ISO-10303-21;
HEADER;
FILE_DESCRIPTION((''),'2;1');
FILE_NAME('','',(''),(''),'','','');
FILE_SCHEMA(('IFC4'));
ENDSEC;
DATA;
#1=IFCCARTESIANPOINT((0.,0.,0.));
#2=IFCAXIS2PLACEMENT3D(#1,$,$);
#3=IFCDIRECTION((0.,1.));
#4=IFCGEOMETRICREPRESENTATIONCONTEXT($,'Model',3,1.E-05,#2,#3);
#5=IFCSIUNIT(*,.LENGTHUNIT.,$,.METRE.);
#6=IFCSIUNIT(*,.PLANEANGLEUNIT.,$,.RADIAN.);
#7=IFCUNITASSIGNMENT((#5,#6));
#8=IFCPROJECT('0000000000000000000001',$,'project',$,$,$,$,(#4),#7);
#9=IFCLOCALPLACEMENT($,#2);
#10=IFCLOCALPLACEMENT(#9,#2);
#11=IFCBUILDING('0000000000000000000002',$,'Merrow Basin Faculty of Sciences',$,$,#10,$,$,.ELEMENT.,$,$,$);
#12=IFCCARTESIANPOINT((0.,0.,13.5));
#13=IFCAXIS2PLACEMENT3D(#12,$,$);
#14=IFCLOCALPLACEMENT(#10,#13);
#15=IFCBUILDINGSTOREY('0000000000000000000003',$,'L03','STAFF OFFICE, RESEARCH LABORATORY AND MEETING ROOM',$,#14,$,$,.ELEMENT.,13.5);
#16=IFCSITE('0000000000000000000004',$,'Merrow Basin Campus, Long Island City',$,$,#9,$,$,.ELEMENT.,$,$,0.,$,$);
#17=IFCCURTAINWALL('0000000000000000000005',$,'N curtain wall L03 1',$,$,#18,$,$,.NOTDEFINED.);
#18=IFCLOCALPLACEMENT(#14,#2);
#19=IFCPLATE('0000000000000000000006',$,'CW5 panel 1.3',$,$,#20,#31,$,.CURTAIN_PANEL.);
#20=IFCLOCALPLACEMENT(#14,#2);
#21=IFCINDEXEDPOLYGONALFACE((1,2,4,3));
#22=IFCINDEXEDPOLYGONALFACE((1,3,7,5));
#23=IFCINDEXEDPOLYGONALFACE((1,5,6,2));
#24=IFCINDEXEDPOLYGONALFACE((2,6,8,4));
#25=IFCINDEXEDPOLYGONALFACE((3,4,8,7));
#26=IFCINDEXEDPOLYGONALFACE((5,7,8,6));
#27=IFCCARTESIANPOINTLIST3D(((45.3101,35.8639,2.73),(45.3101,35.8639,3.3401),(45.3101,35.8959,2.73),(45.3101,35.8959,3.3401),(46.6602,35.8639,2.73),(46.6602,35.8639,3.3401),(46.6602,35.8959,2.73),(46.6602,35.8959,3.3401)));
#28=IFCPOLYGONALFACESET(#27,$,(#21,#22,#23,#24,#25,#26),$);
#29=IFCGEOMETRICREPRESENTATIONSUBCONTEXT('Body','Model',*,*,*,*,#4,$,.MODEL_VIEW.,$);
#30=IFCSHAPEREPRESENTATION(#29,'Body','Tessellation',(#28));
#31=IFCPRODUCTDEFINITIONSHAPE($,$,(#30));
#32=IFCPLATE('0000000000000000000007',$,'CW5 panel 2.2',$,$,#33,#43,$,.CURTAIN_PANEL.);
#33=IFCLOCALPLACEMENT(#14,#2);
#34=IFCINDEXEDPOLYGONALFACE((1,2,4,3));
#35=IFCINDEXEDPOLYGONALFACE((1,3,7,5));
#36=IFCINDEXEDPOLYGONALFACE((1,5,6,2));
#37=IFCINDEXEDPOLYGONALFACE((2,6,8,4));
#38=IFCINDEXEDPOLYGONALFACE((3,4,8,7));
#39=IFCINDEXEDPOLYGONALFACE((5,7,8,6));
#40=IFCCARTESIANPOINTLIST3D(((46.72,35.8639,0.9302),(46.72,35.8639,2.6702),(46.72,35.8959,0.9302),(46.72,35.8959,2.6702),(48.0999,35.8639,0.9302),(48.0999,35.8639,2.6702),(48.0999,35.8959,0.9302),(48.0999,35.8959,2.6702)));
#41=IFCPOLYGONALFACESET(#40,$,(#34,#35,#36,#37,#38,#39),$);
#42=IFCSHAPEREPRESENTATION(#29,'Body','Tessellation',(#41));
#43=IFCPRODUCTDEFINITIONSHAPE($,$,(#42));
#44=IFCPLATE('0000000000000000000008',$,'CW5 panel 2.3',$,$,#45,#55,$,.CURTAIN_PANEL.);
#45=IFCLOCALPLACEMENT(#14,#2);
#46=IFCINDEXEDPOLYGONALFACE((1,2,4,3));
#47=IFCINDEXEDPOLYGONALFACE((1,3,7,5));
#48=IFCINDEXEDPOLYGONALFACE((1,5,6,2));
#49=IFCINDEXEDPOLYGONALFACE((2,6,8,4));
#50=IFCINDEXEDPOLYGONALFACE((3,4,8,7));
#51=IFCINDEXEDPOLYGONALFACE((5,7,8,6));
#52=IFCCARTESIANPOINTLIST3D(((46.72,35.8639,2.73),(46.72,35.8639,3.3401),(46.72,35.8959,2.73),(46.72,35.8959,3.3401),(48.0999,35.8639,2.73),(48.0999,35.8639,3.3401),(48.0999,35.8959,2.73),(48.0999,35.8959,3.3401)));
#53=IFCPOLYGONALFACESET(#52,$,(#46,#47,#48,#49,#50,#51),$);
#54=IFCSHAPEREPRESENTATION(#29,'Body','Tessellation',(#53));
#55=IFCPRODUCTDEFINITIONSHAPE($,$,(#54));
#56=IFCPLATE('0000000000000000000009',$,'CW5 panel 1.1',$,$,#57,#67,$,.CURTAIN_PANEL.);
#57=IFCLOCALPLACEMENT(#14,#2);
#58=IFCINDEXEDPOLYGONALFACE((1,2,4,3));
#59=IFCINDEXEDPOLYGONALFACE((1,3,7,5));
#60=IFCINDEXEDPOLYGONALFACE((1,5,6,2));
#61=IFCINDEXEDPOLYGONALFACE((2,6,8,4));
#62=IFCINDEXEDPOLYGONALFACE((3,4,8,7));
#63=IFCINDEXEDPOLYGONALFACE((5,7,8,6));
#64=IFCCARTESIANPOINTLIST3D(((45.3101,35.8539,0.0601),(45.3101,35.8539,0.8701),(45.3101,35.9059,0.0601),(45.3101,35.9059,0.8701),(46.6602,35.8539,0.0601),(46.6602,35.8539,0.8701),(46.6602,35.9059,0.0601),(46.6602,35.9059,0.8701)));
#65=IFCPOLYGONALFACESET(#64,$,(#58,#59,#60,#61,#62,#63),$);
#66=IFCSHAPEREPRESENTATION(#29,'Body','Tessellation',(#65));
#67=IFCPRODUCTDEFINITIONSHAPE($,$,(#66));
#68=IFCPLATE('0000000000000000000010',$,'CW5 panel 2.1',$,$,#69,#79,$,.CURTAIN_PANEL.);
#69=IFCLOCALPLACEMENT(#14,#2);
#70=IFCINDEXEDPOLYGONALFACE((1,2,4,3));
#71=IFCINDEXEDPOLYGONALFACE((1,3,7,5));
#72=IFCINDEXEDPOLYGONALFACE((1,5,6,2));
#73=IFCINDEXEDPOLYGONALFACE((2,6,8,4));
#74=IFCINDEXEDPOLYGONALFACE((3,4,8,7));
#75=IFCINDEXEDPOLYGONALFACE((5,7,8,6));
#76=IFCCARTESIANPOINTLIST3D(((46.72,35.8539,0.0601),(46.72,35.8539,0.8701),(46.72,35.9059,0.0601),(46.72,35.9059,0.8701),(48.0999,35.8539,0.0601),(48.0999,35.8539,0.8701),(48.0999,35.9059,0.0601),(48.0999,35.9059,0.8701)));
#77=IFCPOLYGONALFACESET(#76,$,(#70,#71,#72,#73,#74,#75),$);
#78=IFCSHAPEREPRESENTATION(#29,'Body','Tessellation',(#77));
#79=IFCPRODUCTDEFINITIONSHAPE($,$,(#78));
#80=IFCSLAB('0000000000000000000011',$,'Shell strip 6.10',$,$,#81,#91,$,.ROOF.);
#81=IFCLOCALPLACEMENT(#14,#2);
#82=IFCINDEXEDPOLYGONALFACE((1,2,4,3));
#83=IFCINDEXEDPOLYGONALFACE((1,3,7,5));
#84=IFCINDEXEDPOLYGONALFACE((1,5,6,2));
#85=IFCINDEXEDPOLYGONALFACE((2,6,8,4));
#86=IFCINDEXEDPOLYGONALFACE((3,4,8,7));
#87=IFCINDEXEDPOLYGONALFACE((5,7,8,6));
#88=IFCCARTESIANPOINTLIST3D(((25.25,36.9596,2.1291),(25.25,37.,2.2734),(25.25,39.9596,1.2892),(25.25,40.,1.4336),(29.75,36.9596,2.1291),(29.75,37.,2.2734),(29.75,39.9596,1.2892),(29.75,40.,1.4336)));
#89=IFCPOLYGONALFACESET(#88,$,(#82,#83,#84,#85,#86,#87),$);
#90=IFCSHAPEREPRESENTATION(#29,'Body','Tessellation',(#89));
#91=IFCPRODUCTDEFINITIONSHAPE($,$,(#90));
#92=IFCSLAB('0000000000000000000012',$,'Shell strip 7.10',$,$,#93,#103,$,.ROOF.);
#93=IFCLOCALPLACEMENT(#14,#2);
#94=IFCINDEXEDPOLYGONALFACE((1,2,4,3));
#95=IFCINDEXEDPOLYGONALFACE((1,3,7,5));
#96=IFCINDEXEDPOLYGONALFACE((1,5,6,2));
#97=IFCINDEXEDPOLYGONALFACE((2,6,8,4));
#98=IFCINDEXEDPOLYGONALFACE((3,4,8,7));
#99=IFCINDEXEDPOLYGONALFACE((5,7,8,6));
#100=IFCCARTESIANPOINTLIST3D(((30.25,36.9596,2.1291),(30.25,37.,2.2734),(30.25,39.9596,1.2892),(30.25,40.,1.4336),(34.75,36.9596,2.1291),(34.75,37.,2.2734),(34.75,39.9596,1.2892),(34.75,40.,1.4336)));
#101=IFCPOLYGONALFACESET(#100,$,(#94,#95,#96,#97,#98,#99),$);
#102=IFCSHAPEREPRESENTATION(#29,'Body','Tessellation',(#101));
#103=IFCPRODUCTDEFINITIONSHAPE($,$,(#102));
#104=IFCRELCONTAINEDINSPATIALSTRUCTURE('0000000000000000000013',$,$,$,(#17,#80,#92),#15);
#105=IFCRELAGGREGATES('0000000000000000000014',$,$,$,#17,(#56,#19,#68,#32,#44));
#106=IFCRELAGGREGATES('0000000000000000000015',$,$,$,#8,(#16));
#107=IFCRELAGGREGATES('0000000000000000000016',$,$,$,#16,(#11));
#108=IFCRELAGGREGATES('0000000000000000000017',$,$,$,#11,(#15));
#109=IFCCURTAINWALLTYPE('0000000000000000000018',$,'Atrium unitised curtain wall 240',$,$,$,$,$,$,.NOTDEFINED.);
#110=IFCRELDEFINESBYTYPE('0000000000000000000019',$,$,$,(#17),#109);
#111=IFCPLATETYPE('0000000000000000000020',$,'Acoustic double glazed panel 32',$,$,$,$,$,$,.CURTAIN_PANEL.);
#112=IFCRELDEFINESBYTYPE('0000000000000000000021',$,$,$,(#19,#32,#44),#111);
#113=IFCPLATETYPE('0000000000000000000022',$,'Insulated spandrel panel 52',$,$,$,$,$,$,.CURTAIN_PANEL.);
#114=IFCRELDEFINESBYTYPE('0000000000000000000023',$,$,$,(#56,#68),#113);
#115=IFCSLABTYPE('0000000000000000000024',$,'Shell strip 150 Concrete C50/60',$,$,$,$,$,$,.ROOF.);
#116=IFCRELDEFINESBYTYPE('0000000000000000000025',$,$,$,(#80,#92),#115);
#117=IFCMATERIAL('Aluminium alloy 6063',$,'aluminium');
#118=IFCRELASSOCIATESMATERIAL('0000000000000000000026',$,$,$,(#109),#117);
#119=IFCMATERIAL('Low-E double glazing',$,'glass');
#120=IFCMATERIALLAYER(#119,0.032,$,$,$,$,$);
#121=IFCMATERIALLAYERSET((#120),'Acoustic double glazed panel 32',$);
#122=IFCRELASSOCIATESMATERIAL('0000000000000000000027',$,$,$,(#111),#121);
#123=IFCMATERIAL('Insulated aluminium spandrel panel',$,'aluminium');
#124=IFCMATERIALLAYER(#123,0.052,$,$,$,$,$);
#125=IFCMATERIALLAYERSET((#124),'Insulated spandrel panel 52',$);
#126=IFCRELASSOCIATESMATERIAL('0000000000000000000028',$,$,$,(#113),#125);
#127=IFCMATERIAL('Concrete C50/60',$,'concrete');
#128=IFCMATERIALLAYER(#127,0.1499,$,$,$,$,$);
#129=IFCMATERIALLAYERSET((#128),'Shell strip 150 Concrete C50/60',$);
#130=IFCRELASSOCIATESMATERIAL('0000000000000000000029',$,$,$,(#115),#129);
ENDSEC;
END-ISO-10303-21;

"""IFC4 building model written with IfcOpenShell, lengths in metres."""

from ifc_helpers import new_model, si_unit, direction, frame, origin, origin_2d, place, context, subcontext, project, spatial, polyline, rectangle, outline, extrude, material, layer, layer_set, type_object, element, aggregate, save


model = new_model("IFC4")

# Units and contexts
model_context = context("Model", 3, precision=1e-05, world=origin(), true_north=direction((0.0, 1.0)))
body_context = subcontext(model_context, "Body", "Model", "MODEL_VIEW")
ifc_project = project(units=[si_unit("LENGTHUNIT", "METRE"), si_unit("PLANEANGLEUNIT", "RADIAN")], contexts=[model_context])

# Site, building, storey
site_placement = place(None, origin())
site = spatial("IfcSite", under=ifc_project, at=site_placement, Name="Merrow Basin Campus, Long Island City", CompositionType="ELEMENT", RefElevation=0.0)
building_placement = place(site_placement, origin())
building = spatial("IfcBuilding", under=site, at=building_placement, Name="Merrow Basin Faculty of Sciences", CompositionType="ELEMENT")
storey_placement = place(building_placement, frame((0.0, 0.0, 13.5)))
storey = spatial("IfcBuildingStorey", under=building, at=storey_placement, Name="L03", Description="STAFF OFFICE, RESEARCH LABORATORY AND MEETING ROOM", CompositionType="ELEMENT", Elevation=13.5)

# Curtain wall
ifc_material_1 = material(Name="Aluminium alloy 6063", Category="aluminium")
curtain_wall_type = type_object("IfcCurtainWallType", Name="Atrium unitised curtain wall 240", PredefinedType="NOTDEFINED", material=ifc_material_1)
curtain_wall_placement = place(storey_placement, origin())
curtain_wall = element("IfcCurtainWall", 1, at=curtain_wall_placement, inside=storey, type_object=curtain_wall_type, Name="N curtain wall L03 1", PredefinedType="NOTDEFINED")

# Plates
ifc_material_2 = material(Name="Low-E double glazing", Category="glass")
ifc_layer_1 = layer(ifc_material_2, 0.032)
ifc_layer_set_1 = layer_set([ifc_layer_1], Name="Acoustic double glazed panel 32")
plate_type_1 = type_object("IfcPlateType", Name="Acoustic double glazed panel 32", PredefinedType="CURTAIN_PANEL", material=ifc_layer_set_1)
plate_1_placement = place(storey_placement, frame((45.9851, 35.8799, 2.73), z_axis=(0.0, 0.0, 1.0), x_axis=(1.0, 0.0, 0.0)))
plate_1 = element("IfcPlate", 2, at=plate_1_placement, type_object=plate_type_1, Name="CW5 panel 1.3", PredefinedType="CURTAIN_PANEL", context=body_context, shape_type="SweptSolid", body=[
    extrude(rectangle(XDim=1.3501, YDim=0.032, at=origin_2d()), origin(), (0.0, 0.0, 1.0), 0.6101),
])
plate_2_placement = place(storey_placement, frame((47.4099, 35.8799, 0.9302), z_axis=(0.0, 0.0, 1.0), x_axis=(1.0, 0.0, 0.0)))
plate_2 = element("IfcPlate", 3, at=plate_2_placement, type_object=plate_type_1, Name="CW5 panel 2.2", PredefinedType="CURTAIN_PANEL", context=body_context, shape_type="SweptSolid", body=[
    extrude(rectangle(XDim=1.3799, YDim=0.032, at=origin_2d()), origin(), (0.0, 0.0, 1.0), 1.74),
])
plate_3_placement = place(storey_placement, frame((47.4099, 35.8799, 2.73), z_axis=(0.0, 0.0, 1.0), x_axis=(1.0, 0.0, 0.0)))
plate_3 = element("IfcPlate", 4, at=plate_3_placement, type_object=plate_type_1, Name="CW5 panel 2.3", PredefinedType="CURTAIN_PANEL", context=body_context, shape_type="SweptSolid", body=[
    extrude(rectangle(XDim=1.3799, YDim=0.032, at=origin_2d()), origin(), (0.0, 0.0, 1.0), 0.6101),
])
ifc_material_3 = material(Name="Insulated aluminium spandrel panel", Category="aluminium")
ifc_layer_2 = layer(ifc_material_3, 0.052)
ifc_layer_set_2 = layer_set([ifc_layer_2], Name="Insulated spandrel panel 52")
plate_type_2 = type_object("IfcPlateType", Name="Insulated spandrel panel 52", PredefinedType="CURTAIN_PANEL", material=ifc_layer_set_2)
plate_4_placement = place(storey_placement, frame((45.9851, 35.8799, 0.0601), z_axis=(0.0, 0.0, 1.0), x_axis=(1.0, 0.0, 0.0)))
plate_4 = element("IfcPlate", 5, at=plate_4_placement, type_object=plate_type_2, Name="CW5 panel 1.1", PredefinedType="CURTAIN_PANEL", context=body_context, shape_type="SweptSolid", body=[
    extrude(rectangle(XDim=1.3501, YDim=0.052, at=origin_2d()), origin(), (0.0, 0.0, 1.0), 0.8101),
])
plate_5_placement = place(storey_placement, frame((47.4099, 35.8799, 0.0601), z_axis=(0.0, 0.0, 1.0), x_axis=(1.0, 0.0, 0.0)))
plate_5 = element("IfcPlate", 6, at=plate_5_placement, type_object=plate_type_2, Name="CW5 panel 2.1", PredefinedType="CURTAIN_PANEL", context=body_context, shape_type="SweptSolid", body=[
    extrude(rectangle(XDim=1.3799, YDim=0.052, at=origin_2d()), origin(), (0.0, 0.0, 1.0), 0.8101),
])
aggregate(curtain_wall, [plate_4, plate_1, plate_5, plate_2, plate_3])

# Slabs
ifc_material_4 = material(Name="Concrete C50/60", Category="concrete")
ifc_layer_3 = layer(ifc_material_4, 0.1499)
ifc_layer_set_3 = layer_set([ifc_layer_3], Name="Shell strip 150 Concrete C50/60")
slab_type = type_object("IfcSlabType", Name="Shell strip 150 Concrete C50/60", PredefinedType="ROOF", material=ifc_layer_set_3)
for number, where, z_axis, x_axis, name in (
    (7, (25.25, 37.0, 2.2734), (0.0, 0.269583, 0.962977), (1.0, 0.0, 0.0), "Shell strip 6.10"),
    (8, (30.25, 37.0, 2.2734), (0.0, 0.269583, 0.962977), (1.0, 0.0, 0.0), "Shell strip 7.10"),
):
    element("IfcSlab", number, at=place(storey_placement, frame(where, z_axis=z_axis, x_axis=x_axis)), inside=storey, type_object=slab_type, Name=name, PredefinedType="ROOF", context=body_context, shape_type="SweptSolid", body=[
        extrude(outline(polyline([(0.0, 0.0), (4.5, 0.0), (4.5, 3.1153), (0.0, 3.1153), (0.0, 0.0)])), origin(), (0.0, 0.0, -1.0), 0.1499),
    ])

save(model, "model.ifc")
